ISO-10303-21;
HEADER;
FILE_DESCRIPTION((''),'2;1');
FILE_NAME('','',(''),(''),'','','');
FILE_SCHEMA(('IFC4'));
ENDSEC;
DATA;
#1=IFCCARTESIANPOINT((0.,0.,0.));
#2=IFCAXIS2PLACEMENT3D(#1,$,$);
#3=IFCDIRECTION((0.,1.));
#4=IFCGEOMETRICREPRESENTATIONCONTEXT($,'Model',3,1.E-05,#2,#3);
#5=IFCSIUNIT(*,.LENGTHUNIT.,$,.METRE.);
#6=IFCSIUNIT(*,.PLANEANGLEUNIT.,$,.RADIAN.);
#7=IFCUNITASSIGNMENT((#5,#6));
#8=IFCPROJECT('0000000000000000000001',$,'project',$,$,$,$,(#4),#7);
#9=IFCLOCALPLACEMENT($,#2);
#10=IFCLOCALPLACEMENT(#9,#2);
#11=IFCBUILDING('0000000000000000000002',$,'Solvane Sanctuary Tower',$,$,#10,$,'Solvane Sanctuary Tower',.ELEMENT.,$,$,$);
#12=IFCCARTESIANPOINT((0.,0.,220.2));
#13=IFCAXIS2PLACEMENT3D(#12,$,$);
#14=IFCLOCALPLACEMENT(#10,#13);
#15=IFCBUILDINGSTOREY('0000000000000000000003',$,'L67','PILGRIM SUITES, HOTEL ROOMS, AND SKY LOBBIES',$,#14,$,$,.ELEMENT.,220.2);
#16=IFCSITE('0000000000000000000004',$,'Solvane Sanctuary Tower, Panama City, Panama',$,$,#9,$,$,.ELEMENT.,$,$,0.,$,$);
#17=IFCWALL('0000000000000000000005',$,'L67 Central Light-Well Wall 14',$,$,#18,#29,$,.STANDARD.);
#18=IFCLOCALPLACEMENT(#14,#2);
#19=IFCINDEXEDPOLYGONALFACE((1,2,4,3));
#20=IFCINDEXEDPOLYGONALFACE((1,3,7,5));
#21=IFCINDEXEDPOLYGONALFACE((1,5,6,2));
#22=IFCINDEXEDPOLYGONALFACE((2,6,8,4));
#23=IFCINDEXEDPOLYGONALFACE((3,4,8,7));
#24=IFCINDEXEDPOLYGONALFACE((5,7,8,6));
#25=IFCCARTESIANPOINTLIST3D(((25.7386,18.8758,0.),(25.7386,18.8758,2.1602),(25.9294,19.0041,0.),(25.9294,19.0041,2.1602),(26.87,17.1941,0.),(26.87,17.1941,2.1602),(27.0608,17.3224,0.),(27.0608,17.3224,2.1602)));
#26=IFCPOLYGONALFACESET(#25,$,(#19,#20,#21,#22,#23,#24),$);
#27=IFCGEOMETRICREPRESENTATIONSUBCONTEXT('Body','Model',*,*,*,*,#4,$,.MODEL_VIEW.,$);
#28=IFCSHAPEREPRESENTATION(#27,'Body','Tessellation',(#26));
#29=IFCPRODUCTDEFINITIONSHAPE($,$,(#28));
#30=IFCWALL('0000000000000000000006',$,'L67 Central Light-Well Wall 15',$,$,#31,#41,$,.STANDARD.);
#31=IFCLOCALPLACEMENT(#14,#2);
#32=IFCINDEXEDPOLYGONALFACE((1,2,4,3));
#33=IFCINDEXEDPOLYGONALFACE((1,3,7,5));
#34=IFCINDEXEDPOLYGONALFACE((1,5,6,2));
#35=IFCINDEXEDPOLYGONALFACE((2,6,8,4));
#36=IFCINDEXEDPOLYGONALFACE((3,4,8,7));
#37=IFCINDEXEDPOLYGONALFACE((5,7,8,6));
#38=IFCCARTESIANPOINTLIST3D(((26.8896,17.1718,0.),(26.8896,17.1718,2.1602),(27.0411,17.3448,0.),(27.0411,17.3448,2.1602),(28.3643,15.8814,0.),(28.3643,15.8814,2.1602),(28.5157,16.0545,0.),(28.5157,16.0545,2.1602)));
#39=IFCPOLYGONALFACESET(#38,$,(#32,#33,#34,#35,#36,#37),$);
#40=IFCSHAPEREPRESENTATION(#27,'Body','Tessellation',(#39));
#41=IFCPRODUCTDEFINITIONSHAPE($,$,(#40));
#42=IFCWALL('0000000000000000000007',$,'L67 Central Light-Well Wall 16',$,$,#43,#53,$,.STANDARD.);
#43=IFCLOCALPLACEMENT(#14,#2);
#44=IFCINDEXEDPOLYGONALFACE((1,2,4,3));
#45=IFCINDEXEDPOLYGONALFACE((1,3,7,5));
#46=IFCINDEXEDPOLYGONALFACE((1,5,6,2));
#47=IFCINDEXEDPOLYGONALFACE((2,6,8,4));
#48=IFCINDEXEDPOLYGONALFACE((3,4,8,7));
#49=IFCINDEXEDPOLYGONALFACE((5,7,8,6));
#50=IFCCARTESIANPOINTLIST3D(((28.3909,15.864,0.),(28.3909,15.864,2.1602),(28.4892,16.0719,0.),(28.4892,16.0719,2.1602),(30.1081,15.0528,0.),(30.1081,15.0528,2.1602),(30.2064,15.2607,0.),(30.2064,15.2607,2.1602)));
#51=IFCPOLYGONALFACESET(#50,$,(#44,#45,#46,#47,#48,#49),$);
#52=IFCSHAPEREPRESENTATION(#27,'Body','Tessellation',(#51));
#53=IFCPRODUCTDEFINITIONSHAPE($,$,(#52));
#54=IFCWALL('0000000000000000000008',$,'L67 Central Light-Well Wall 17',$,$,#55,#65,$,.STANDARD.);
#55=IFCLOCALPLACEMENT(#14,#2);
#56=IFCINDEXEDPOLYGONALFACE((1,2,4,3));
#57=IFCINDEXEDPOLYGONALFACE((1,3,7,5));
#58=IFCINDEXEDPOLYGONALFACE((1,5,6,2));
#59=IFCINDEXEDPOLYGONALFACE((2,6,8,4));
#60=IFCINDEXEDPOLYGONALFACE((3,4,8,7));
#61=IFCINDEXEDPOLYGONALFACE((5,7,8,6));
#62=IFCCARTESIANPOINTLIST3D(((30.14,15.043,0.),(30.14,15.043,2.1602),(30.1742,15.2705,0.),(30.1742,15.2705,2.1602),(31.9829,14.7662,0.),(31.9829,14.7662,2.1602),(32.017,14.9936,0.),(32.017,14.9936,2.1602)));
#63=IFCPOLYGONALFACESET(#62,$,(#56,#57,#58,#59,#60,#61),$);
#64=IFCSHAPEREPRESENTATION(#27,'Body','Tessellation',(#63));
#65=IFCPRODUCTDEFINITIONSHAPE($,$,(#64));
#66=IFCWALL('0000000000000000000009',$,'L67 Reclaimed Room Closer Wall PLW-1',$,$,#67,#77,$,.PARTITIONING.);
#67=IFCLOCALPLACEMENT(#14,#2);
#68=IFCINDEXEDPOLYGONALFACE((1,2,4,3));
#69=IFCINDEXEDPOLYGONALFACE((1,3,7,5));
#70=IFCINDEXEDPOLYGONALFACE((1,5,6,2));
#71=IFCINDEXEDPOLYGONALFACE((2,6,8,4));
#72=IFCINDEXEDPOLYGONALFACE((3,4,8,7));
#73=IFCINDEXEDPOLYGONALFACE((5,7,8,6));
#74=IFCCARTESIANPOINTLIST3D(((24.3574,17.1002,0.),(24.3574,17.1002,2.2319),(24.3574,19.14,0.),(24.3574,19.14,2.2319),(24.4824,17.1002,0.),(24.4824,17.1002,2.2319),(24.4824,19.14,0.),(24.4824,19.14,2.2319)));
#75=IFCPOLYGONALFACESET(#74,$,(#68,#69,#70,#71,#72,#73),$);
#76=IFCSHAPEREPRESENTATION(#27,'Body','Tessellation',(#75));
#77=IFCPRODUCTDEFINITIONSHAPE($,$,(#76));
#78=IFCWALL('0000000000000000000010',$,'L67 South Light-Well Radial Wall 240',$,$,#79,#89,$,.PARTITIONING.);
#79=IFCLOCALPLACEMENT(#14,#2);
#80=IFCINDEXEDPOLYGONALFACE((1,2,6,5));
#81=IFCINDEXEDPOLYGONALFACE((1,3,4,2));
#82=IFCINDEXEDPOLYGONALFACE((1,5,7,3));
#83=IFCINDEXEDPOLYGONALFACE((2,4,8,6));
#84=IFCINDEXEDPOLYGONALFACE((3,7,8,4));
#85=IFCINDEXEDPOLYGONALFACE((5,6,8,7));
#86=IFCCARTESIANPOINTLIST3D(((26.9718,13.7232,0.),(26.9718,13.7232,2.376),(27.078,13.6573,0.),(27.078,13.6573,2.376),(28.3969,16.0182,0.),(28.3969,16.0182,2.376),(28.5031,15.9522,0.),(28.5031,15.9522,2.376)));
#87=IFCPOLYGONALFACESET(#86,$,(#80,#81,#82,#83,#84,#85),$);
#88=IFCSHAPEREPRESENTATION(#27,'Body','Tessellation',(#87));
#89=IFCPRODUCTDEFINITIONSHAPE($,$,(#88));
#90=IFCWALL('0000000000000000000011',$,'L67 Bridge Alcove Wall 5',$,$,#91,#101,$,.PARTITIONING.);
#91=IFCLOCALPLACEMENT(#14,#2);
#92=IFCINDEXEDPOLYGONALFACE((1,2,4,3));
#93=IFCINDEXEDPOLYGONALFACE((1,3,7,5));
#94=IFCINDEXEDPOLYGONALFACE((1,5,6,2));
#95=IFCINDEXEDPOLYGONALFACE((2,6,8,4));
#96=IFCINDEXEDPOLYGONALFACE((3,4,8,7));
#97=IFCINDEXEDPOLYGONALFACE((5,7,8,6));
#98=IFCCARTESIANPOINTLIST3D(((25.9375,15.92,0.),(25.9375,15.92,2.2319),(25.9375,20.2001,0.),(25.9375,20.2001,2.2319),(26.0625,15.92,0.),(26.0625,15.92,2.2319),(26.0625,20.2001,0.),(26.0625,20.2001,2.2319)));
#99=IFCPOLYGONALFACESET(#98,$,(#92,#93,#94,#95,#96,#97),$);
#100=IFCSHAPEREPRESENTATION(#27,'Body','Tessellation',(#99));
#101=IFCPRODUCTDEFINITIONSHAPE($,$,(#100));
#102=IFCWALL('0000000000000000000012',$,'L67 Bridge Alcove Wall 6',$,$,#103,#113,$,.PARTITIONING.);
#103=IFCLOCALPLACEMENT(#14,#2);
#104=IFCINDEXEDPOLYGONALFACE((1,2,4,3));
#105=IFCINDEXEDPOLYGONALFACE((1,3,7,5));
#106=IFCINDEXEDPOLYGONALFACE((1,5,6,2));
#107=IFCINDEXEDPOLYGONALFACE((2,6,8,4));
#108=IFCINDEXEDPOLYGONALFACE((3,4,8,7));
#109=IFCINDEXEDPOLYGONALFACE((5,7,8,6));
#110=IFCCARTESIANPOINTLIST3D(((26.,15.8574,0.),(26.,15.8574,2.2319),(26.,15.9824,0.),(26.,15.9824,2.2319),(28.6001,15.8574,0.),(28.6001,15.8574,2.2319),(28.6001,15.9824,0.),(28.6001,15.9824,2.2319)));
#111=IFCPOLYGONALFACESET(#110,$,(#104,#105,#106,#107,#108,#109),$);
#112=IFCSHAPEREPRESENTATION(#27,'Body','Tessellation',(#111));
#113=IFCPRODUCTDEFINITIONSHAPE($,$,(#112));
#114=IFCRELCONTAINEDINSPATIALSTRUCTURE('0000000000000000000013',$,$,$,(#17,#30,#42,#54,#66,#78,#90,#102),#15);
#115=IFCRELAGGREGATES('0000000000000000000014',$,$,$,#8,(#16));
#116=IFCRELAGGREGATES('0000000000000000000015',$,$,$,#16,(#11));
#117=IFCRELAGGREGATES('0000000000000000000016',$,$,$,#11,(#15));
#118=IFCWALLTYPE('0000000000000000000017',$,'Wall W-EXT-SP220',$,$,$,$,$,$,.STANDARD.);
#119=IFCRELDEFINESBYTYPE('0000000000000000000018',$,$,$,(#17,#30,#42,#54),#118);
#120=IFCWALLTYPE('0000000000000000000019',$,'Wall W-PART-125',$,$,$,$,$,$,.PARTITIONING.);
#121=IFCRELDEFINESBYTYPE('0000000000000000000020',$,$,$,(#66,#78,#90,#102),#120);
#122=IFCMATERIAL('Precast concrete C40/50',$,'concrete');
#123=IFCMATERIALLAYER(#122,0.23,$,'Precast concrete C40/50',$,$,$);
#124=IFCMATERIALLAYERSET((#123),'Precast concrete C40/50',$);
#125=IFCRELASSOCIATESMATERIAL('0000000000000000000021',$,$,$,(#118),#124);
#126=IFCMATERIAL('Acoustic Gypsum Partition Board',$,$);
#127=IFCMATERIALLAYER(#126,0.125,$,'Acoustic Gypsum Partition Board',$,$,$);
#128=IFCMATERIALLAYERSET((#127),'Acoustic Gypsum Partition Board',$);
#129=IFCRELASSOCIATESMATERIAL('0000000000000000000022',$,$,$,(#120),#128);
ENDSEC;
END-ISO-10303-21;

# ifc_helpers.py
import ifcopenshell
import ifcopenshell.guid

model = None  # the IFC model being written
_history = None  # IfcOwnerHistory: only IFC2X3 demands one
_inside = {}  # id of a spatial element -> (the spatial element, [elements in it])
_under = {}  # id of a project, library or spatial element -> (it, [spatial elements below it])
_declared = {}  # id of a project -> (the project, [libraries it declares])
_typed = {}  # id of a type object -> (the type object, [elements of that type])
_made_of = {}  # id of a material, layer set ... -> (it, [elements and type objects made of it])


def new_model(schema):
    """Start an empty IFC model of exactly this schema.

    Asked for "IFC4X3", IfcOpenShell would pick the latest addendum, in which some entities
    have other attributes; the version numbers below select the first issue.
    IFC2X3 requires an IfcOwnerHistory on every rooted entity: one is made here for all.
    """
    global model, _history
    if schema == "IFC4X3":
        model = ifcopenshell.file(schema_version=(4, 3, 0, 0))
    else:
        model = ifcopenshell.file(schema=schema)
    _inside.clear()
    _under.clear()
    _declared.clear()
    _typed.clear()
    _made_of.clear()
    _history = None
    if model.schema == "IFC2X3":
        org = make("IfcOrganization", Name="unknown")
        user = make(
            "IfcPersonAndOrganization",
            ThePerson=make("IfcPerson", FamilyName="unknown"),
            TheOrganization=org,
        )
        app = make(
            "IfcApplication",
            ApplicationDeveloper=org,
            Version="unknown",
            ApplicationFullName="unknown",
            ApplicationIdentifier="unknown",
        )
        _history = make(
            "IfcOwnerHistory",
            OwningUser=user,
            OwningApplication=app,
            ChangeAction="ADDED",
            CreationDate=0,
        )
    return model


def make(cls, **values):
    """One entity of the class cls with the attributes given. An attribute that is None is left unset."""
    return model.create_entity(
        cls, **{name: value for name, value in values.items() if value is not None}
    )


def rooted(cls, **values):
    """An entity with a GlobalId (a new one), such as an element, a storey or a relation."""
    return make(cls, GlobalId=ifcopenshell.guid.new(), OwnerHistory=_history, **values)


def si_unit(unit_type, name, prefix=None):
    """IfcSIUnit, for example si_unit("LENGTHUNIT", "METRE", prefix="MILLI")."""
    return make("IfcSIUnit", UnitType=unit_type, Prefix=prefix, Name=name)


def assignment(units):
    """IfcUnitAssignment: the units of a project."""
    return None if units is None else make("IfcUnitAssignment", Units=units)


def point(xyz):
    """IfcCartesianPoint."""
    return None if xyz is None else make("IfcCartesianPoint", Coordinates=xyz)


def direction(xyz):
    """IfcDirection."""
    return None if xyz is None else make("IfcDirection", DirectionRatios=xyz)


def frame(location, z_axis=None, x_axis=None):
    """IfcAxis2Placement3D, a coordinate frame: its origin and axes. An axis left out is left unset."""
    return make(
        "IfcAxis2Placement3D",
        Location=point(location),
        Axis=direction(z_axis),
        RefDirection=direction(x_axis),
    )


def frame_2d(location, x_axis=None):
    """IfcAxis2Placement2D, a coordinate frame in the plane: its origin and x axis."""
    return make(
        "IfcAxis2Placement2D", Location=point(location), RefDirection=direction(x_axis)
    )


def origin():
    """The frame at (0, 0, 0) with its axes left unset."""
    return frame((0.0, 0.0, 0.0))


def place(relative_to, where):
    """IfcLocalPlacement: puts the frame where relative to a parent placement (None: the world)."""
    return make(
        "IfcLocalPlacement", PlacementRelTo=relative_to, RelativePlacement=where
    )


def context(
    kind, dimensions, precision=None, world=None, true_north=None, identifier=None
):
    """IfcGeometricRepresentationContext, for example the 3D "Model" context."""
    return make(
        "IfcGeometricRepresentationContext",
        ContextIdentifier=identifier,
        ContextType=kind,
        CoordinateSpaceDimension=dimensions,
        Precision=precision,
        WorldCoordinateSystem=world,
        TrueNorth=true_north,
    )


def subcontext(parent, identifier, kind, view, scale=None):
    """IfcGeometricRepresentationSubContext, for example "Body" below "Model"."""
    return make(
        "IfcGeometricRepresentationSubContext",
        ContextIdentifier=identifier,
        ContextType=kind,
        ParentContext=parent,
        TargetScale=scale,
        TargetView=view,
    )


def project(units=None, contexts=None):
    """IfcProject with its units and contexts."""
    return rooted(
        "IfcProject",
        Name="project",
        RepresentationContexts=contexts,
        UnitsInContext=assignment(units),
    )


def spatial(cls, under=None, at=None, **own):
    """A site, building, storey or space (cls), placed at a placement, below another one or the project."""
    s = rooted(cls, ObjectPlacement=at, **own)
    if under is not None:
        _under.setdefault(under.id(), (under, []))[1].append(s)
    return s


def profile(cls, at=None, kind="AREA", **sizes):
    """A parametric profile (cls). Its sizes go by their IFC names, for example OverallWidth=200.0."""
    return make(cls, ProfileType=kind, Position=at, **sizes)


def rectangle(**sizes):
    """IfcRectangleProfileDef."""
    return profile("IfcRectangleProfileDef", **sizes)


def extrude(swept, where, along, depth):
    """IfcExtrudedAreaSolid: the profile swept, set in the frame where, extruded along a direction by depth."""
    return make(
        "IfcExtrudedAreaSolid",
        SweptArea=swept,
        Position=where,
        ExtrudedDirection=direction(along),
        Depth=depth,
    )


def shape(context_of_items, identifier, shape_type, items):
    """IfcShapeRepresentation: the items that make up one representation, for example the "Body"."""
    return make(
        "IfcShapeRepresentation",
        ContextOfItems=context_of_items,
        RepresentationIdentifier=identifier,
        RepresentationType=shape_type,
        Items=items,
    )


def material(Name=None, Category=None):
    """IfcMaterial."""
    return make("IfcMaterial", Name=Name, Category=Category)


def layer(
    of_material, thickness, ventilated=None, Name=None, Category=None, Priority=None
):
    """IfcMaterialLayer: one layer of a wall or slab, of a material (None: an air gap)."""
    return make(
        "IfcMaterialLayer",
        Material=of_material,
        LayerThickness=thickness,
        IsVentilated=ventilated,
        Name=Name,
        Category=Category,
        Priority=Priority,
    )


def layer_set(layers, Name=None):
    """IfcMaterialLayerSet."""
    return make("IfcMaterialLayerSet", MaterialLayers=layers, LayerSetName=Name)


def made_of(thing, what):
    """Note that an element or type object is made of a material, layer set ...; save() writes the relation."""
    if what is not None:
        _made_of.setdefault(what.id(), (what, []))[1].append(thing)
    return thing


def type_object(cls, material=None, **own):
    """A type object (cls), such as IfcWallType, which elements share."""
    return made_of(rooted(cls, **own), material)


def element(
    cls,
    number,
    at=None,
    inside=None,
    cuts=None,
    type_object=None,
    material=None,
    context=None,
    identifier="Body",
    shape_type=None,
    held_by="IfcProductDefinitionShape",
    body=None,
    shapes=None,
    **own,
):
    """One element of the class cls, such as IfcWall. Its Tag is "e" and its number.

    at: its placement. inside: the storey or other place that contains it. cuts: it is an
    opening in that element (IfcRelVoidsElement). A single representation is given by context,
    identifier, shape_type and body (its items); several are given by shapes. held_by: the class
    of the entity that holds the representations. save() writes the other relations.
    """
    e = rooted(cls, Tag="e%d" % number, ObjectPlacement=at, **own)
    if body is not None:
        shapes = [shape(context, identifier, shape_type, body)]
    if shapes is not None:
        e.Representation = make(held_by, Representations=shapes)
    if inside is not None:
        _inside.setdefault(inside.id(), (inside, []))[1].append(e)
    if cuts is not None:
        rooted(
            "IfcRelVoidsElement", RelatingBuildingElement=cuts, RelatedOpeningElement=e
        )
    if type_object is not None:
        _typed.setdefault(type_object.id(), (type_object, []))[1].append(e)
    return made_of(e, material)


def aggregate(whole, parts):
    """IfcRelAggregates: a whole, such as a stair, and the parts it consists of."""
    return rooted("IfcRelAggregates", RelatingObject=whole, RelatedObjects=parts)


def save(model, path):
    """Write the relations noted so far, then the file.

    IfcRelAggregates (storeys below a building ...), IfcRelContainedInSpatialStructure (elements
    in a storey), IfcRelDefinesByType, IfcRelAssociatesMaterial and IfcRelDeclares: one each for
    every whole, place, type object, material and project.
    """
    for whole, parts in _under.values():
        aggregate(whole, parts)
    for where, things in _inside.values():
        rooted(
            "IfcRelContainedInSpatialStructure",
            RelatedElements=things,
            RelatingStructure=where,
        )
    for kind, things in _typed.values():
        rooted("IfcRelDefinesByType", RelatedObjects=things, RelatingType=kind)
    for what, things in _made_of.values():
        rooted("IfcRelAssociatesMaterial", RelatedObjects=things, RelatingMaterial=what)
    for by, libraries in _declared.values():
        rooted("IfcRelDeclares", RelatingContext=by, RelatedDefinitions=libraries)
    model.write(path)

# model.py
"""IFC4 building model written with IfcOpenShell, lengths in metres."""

from ifc_helpers import new_model, si_unit, direction, frame, frame_2d, origin, place, context, subcontext, project, spatial, rectangle, extrude, material, layer, layer_set, type_object, element, save


model = new_model("IFC4")

# Units and contexts
model_context = context("Model", 3, precision=1e-05, world=origin(), true_north=direction((0.0, 1.0)))
body_context = subcontext(model_context, "Body", "Model", "MODEL_VIEW")
ifc_project = project(units=[si_unit("LENGTHUNIT", "METRE"), si_unit("PLANEANGLEUNIT", "RADIAN")], contexts=[model_context])

# Site, building, storey
site_placement = place(None, origin())
site = spatial("IfcSite", under=ifc_project, at=site_placement, Name="Solvane Sanctuary Tower, Panama City, Panama", CompositionType="ELEMENT", RefElevation=0.0)
building_placement = place(site_placement, origin())
building = spatial("IfcBuilding", under=site, at=building_placement, Name="Solvane Sanctuary Tower", LongName="Solvane Sanctuary Tower", CompositionType="ELEMENT")
storey_placement = place(building_placement, frame((0.0, 0.0, 220.2)))
storey = spatial("IfcBuildingStorey", under=building, at=storey_placement, Name="L67", Description="PILGRIM SUITES, HOTEL ROOMS, AND SKY LOBBIES", CompositionType="ELEMENT", Elevation=220.2)

# Walls
ifc_material_1 = material(Name="Precast concrete C40/50", Category="concrete")
ifc_layer_1 = layer(ifc_material_1, 0.23, Name="Precast concrete C40/50")
ifc_layer_set_1 = layer_set([ifc_layer_1], Name="Precast concrete C40/50")
wall_type_1 = type_object("IfcWallType", Name="Wall W-EXT-SP220", PredefinedType="STANDARD", material=ifc_layer_set_1)
wall_1_placement = place(storey_placement, frame((25.834, 18.9399, 0.0), z_axis=(0.0, 0.0, 1.0), x_axis=(0.558198, -0.829708, 0.0)))
element("IfcWall", 1, at=wall_1_placement, inside=storey, type_object=wall_type_1, Name="L67 Central Light-Well Wall 14", PredefinedType="STANDARD", context=body_context, shape_type="SweptSolid", body=[
    extrude(rectangle(XDim=2.0269, YDim=0.23, at=frame_2d((1.0134, 0.0))), origin(), (0.0, 0.0, 1.0), 2.1602),
])
wall_2_placement = place(storey_placement, frame((26.9653, 17.2583, 0.0), z_axis=(0.0, 0.0, 1.0), x_axis=(0.752577, -0.658505, 0.0)))
element("IfcWall", 2, at=wall_2_placement, inside=storey, type_object=wall_type_1, Name="L67 Central Light-Well Wall 15", PredefinedType="STANDARD", context=body_context, shape_type="SweptSolid", body=[
    extrude(rectangle(XDim=1.9595, YDim=0.23, at=frame_2d((0.9797, 0.0))), origin(), (0.0, 0.0, 1.0), 2.1602),
])
wall_3_placement = place(storey_placement, frame((28.4399, 15.968, 0.0), z_axis=(0.0, 0.0, 1.0), x_axis=(0.90418, -0.427152, 0.0)))
element("IfcWall", 3, at=wall_3_placement, inside=storey, type_object=wall_type_1, Name="L67 Central Light-Well Wall 16", PredefinedType="STANDARD", context=body_context, shape_type="SweptSolid", body=[
    extrude(rectangle(XDim=1.8992, YDim=0.23, at=frame_2d((0.9497, 0.0))), origin(), (0.0, 0.0, 1.0), 2.1602),
])
wall_4_placement = place(storey_placement, frame((30.1572, 15.1567, 0.0), z_axis=(0.0, 0.0, 1.0), x_axis=(0.988902, -0.148571, 0.0)))
element("IfcWall", 4, at=wall_4_placement, inside=storey, type_object=wall_type_1, Name="L67 Central Light-Well Wall 17", PredefinedType="STANDARD", context=body_context, shape_type="SweptSolid", body=[
    extrude(rectangle(XDim=1.8635, YDim=0.23, at=frame_2d((0.9316, 0.0))), origin(), (0.0, 0.0, 1.0), 2.1602),
])
ifc_material_2 = material(Name="Acoustic Gypsum Partition Board")
ifc_layer_2 = layer(ifc_material_2, 0.125, Name="Acoustic Gypsum Partition Board")
ifc_layer_set_2 = layer_set([ifc_layer_2], Name="Acoustic Gypsum Partition Board")
wall_type_2 = type_object("IfcWallType", Name="Wall W-PART-125", PredefinedType="PARTITIONING", material=ifc_layer_set_2)
wall_5_placement = place(storey_placement, frame((24.4199, 17.1001, 0.0), z_axis=(0.0, 0.0, 1.0), x_axis=(0.0, 1.0, 0.0)))
element("IfcWall", 5, at=wall_5_placement, inside=storey, type_object=wall_type_2, Name="L67 Reclaimed Room Closer Wall PLW-1", PredefinedType="PARTITIONING", context=body_context, shape_type="SweptSolid", body=[
    extrude(rectangle(XDim=2.0398, YDim=0.125, at=frame_2d((1.02, 0.0))), origin(), (0.0, 0.0, 1.0), 2.2319),
])
wall_6_placement = place(storey_placement, frame((28.45, 15.9851, 0.0), z_axis=(0.0, 0.0, 1.0), x_axis=(-0.527527, -0.849538, 0.0)))
element("IfcWall", 6, at=wall_6_placement, inside=storey, type_object=wall_type_2, Name="L67 South Light-Well Radial Wall 240", PredefinedType="PARTITIONING", context=body_context, shape_type="SweptSolid", body=[
    extrude(rectangle(XDim=2.7014, YDim=0.125, at=frame_2d((1.3506, 0.0))), origin(), (0.0, 0.0, 1.0), 2.376),
])
wall_7_placement = place(storey_placement, frame((26.0, 15.9199, 0.0), z_axis=(0.0, 0.0, 1.0), x_axis=(0.0, 1.0, 0.0)))
element("IfcWall", 7, at=wall_7_placement, inside=storey, type_object=wall_type_2, Name="L67 Bridge Alcove Wall 5", PredefinedType="PARTITIONING", context=body_context, shape_type="SweptSolid", body=[
    extrude(rectangle(XDim=4.28, YDim=0.125, at=frame_2d((2.1401, 0.0))), origin(), (0.0, 0.0, 1.0), 2.2319),
])
wall_8_placement = place(storey_placement, frame((26.0, 15.9199, 0.0), z_axis=(0.0, 0.0, 1.0), x_axis=(1.0, 0.0, 0.0)))
element("IfcWall", 8, at=wall_8_placement, inside=storey, type_object=wall_type_2, Name="L67 Bridge Alcove Wall 6", PredefinedType="PARTITIONING", context=body_context, shape_type="SweptSolid", body=[
    extrude(rectangle(XDim=2.6001, YDim=0.125, at=frame_2d((1.3, 0.0))), origin(), (0.0, 0.0, 1.0), 2.2319),
])

save(model, "model.ifc")
